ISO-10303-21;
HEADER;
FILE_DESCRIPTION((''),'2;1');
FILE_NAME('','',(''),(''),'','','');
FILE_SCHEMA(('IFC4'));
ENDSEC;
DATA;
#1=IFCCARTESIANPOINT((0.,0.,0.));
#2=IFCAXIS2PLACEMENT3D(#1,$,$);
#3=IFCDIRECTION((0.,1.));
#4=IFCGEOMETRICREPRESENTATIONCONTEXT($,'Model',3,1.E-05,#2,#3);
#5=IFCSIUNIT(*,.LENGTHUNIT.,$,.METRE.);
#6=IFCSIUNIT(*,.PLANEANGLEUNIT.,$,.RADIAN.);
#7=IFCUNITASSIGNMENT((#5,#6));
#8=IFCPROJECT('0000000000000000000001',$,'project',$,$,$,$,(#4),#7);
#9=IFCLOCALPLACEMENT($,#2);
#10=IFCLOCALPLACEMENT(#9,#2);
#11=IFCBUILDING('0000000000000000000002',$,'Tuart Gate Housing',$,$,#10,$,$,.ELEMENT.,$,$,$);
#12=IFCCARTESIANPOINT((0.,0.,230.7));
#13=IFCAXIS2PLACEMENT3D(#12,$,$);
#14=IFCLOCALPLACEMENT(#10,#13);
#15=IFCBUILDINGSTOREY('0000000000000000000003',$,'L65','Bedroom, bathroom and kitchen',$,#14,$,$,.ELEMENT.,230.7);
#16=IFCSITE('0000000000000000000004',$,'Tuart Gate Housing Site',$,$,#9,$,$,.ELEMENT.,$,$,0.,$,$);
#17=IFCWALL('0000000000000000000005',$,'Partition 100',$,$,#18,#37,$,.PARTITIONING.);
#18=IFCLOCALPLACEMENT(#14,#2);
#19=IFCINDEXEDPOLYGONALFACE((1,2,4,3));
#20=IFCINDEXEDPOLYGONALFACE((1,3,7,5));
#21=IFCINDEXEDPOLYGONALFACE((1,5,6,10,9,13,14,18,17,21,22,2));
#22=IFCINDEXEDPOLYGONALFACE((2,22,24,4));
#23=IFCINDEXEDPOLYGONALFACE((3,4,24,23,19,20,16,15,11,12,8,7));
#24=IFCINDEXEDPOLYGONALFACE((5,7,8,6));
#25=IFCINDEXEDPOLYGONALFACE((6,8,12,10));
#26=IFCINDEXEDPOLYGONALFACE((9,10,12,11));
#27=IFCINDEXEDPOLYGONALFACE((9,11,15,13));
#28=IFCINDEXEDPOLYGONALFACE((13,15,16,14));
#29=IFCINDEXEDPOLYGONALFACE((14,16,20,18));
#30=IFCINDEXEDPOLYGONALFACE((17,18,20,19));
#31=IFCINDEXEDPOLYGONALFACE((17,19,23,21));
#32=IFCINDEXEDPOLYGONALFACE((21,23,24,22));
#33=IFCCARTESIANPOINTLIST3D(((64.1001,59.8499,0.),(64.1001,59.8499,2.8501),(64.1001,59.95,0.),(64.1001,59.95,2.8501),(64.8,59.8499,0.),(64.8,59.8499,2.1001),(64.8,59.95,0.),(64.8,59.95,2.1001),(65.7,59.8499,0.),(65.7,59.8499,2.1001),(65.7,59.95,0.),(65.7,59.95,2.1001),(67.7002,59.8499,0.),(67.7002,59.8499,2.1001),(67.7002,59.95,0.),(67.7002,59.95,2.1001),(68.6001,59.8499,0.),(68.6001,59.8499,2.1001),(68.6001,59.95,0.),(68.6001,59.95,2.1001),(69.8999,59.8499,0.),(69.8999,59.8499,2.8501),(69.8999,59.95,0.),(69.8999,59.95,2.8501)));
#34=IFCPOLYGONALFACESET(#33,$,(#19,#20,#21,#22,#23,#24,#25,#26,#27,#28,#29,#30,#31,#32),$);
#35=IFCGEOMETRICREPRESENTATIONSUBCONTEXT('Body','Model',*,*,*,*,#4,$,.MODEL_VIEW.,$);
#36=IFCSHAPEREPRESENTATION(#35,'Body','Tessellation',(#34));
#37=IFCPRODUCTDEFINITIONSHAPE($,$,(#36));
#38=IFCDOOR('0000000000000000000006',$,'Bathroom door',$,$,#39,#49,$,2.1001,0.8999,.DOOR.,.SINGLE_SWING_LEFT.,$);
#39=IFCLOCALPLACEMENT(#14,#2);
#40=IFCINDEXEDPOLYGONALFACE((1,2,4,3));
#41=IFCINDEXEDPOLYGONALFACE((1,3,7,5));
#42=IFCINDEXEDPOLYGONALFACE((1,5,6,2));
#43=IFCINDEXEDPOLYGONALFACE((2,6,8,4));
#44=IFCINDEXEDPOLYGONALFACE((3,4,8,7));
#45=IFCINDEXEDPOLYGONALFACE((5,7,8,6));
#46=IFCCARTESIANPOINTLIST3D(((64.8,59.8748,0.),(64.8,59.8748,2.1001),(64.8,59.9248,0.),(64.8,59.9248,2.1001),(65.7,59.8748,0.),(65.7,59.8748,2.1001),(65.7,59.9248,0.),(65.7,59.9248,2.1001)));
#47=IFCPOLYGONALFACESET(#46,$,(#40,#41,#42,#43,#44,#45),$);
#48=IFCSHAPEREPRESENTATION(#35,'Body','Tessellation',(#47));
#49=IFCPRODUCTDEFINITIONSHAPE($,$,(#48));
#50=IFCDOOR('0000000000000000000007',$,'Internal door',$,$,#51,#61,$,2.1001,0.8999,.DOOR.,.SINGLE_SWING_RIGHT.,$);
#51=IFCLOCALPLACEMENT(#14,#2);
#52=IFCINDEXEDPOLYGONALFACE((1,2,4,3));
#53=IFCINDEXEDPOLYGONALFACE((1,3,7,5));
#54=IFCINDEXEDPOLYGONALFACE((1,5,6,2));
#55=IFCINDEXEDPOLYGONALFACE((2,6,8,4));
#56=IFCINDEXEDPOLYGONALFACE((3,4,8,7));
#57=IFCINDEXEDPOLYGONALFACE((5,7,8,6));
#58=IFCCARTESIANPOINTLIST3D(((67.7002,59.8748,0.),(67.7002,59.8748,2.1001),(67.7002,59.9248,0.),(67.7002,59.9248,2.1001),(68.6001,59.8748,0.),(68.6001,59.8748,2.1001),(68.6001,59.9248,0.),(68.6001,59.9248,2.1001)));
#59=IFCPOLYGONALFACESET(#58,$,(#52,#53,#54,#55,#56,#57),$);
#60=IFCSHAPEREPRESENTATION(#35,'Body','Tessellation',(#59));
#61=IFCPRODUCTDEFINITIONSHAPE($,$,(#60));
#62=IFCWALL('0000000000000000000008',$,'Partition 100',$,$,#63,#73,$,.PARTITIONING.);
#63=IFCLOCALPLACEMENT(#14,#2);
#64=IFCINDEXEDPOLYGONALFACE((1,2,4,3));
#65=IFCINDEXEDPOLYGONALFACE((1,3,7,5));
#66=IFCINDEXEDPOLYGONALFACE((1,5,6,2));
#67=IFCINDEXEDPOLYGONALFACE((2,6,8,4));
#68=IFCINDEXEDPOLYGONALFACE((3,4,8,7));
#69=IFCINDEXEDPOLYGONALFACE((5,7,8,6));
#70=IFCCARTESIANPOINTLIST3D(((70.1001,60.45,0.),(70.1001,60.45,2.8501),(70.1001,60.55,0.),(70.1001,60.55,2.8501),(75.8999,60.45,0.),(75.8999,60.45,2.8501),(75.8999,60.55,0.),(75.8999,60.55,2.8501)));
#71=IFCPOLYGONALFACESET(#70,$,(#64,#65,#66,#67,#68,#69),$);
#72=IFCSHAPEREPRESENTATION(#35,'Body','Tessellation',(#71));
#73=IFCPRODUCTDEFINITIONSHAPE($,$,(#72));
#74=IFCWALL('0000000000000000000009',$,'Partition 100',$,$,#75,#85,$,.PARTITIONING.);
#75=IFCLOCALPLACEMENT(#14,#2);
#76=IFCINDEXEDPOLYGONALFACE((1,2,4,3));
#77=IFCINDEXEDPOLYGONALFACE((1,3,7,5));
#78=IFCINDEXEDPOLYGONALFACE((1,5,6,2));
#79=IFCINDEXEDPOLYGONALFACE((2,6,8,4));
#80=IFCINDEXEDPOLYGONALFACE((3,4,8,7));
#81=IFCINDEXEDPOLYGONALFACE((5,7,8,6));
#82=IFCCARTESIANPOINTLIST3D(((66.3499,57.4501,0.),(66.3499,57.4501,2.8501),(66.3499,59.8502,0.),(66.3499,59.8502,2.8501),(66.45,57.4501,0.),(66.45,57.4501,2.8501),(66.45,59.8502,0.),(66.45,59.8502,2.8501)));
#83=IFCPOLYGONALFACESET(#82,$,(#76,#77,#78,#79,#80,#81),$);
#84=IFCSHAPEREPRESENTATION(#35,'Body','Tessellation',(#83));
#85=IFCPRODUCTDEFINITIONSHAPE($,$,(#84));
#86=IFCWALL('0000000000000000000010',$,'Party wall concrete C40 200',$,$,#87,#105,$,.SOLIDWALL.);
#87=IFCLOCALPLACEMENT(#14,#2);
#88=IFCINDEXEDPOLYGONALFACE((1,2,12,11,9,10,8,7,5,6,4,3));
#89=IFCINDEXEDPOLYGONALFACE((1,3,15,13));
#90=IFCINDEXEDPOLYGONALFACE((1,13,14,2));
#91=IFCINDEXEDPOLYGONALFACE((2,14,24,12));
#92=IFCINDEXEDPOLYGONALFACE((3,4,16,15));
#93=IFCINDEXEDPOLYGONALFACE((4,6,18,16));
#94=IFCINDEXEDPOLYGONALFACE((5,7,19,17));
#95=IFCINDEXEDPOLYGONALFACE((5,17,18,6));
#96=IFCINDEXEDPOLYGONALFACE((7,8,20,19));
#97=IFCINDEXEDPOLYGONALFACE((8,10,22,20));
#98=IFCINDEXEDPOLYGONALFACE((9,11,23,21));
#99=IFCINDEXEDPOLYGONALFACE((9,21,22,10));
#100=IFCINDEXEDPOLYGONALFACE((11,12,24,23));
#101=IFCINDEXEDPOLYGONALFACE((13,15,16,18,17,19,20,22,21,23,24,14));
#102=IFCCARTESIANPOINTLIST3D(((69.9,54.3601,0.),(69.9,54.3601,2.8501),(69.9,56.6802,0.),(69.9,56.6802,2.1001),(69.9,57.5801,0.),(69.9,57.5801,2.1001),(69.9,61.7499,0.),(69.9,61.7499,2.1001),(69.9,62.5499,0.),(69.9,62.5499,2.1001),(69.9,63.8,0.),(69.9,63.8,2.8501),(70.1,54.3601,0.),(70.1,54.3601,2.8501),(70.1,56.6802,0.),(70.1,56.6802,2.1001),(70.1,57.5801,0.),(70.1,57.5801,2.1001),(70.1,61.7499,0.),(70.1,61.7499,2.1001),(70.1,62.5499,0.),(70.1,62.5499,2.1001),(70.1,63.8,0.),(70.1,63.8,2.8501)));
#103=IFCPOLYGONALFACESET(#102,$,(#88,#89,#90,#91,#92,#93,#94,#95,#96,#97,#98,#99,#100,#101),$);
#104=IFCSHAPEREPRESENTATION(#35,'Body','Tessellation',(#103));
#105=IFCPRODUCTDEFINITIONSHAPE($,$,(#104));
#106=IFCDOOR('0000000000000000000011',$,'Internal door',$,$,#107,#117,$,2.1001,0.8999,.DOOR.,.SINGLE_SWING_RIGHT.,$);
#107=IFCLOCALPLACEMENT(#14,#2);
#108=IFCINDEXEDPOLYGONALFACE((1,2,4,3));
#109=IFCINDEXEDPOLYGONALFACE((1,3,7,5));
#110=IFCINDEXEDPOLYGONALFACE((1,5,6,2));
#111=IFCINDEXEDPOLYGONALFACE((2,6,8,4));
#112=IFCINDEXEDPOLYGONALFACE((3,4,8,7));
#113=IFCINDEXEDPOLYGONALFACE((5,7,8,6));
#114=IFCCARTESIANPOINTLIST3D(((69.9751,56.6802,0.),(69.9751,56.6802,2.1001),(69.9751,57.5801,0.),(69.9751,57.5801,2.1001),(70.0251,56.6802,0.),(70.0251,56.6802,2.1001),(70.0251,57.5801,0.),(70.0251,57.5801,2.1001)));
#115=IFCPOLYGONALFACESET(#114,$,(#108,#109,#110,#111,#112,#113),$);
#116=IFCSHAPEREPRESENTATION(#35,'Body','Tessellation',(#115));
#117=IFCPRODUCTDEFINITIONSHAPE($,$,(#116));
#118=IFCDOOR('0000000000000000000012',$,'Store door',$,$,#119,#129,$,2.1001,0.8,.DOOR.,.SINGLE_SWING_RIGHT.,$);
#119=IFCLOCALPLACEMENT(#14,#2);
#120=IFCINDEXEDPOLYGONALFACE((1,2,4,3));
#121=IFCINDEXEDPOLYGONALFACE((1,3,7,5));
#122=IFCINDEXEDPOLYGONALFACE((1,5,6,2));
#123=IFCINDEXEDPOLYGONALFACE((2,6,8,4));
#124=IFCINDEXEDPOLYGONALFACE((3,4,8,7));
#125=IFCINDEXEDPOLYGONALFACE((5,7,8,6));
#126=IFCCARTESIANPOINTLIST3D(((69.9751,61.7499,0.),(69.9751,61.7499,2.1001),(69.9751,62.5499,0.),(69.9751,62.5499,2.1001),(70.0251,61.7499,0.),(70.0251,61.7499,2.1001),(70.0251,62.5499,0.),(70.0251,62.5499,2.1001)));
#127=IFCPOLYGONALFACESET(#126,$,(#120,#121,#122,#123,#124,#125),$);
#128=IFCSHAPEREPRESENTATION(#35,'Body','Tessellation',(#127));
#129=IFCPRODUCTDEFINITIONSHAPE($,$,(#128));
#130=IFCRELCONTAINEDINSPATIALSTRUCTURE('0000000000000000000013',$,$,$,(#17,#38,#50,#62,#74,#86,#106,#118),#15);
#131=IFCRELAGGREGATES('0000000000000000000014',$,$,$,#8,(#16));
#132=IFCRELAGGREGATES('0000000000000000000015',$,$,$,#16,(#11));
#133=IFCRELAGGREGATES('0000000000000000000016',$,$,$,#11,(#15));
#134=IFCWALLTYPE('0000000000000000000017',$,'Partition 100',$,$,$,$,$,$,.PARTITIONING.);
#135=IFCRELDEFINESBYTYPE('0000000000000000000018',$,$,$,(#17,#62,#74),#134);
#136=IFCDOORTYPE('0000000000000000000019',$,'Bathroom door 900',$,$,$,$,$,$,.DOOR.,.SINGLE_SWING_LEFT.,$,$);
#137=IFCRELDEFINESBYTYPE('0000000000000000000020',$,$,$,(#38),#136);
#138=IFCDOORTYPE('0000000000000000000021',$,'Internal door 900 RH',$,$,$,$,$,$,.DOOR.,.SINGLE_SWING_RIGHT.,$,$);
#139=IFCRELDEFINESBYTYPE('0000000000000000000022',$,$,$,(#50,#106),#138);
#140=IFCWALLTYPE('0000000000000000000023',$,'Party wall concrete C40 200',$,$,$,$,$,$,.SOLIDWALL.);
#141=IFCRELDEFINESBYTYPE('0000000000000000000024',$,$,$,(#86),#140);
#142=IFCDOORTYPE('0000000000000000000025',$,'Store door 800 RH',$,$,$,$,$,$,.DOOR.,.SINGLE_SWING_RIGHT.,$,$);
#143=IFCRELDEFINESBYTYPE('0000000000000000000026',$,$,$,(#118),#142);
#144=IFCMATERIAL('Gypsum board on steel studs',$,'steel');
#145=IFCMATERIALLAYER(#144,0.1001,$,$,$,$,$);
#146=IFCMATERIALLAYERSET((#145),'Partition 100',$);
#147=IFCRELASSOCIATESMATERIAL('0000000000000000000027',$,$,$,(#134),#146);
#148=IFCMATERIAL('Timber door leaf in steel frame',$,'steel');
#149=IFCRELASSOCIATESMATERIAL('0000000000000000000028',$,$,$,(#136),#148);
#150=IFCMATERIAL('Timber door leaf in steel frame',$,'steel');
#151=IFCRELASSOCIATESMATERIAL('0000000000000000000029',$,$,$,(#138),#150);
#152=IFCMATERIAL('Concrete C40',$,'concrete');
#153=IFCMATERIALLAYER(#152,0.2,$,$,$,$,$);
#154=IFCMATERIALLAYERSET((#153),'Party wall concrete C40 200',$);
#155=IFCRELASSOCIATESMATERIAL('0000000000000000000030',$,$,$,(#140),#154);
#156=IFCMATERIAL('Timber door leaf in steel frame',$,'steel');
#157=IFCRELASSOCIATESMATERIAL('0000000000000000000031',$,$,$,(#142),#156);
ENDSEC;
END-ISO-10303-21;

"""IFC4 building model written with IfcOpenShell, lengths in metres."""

from ifc_helpers import new_model, si_unit, direction, frame, frame_2d, origin, place, context, subcontext, project, spatial, rectangle, extrude, material, layer, layer_set, type_object, element, fill, save


model = new_model("IFC4")

# Units and contexts
model_context = context("Model", 3, precision=1e-05, world=origin(), true_north=direction((0.0, 1.0)))
body_context = subcontext(model_context, "Body", "Model", "MODEL_VIEW")
ifc_project = project(units=[si_unit("LENGTHUNIT", "METRE"), si_unit("PLANEANGLEUNIT", "RADIAN")], contexts=[model_context])

# Site, building, storey
site_placement = place(None, origin())
site = spatial("IfcSite", under=ifc_project, at=site_placement, Name="Tuart Gate Housing Site", CompositionType="ELEMENT", RefElevation=0.0)
building_placement = place(site_placement, origin())
building = spatial("IfcBuilding", under=site, at=building_placement, Name="Tuart Gate Housing", CompositionType="ELEMENT")
storey_placement = place(building_placement, frame((0.0, 0.0, 230.7)))
storey = spatial("IfcBuildingStorey", under=building, at=storey_placement, Name="L65", Description="Bedroom, bathroom and kitchen", CompositionType="ELEMENT", Elevation=230.7)

# Shared definitions
ifc_material_1 = material(Name="Gypsum board on steel studs", Category="steel")
ifc_layer_1 = layer(ifc_material_1, 0.1001)
ifc_layer_set_1 = layer_set([ifc_layer_1], Name="Partition 100")
wall_type_1 = type_object("IfcWallType", Name="Partition 100", PredefinedType="PARTITIONING", material=ifc_layer_set_1)

# Wall, openings, doors
wall_1_placement = place(storey_placement, frame((64.1001, 59.8999, 0.0), z_axis=(0.0, 0.0, 1.0), x_axis=(1.0, 0.0, 0.0)))
wall_1 = element("IfcWall", 1, at=wall_1_placement, inside=storey, type_object=wall_type_1, Name="Partition 100", PredefinedType="PARTITIONING", context=body_context, shape_type="SweptSolid", body=[
    extrude(rectangle(XDim=5.7998, YDim=0.1001, at=frame_2d((2.8999, 0.0))), origin(), (0.0, 0.0, 1.0), 2.8501),
])
opening_1_placement = place(wall_1_placement, frame((3.6001, 0.0, 0.0)))
opening_1 = element("IfcOpeningElement", 2, at=opening_1_placement, cuts=wall_1, PredefinedType="OPENING", context=body_context, shape_type="SweptSolid", body=[
    extrude(rectangle(XDim=0.8999, YDim=2.1001, at=frame_2d((0.45, 1.05))), frame((0.0, 0.0601, 0.0), z_axis=(0.0, -1.0, 0.0), x_axis=(1.0, 0.0, 0.0)), (0.0, 0.0, 1.0), 0.1201),
])
opening_2_placement = place(wall_1_placement, frame((0.7, 0.0, 0.0)))
opening_2 = element("IfcOpeningElement", 3, at=opening_2_placement, cuts=wall_1, PredefinedType="OPENING", context=body_context, shape_type="SweptSolid", body=[
    extrude(rectangle(XDim=0.8999, YDim=2.1001, at=frame_2d((0.45, 1.05))), frame((0.0, 0.0601, 0.0), z_axis=(0.0, -1.0, 0.0), x_axis=(1.0, 0.0, 0.0)), (0.0, 0.0, 1.0), 0.1201),
])
ifc_material_2 = material(Name="Timber door leaf in steel frame", Category="steel")
door_type_1 = type_object("IfcDoorType", Name="Bathroom door 900", OperationType="SINGLE_SWING_LEFT", PredefinedType="DOOR", material=ifc_material_2)
door_1_placement = place(opening_2_placement, frame((0.8999, 0.0, 0.0), z_axis=(0.0, 0.0, 1.0), x_axis=(-1.0, 0.0, 0.0)))
door_1 = element("IfcDoor", 4, at=door_1_placement, inside=storey, type_object=door_type_1, Name="Bathroom door", OperationType="SINGLE_SWING_LEFT", OverallHeight=2.1001, OverallWidth=0.8999, PredefinedType="DOOR", context=body_context, shape_type="SweptSolid", body=[
    extrude(rectangle(XDim=0.8999, YDim=2.1001, at=frame_2d((0.45, 1.05))), frame((0.0, 0.0251, 0.0), z_axis=(0.0, -1.0, 0.0), x_axis=(1.0, 0.0, 0.0)), (0.0, 0.0, 1.0), 0.05),
])
fill(opening_2, door_1)
ifc_material_3 = material(Name="Timber door leaf in steel frame", Category="steel")
door_type_2 = type_object("IfcDoorType", Name="Internal door 900 RH", OperationType="SINGLE_SWING_RIGHT", PredefinedType="DOOR", material=ifc_material_3)
door_2_placement = place(opening_1_placement, origin())
door_2 = element("IfcDoor", 5, at=door_2_placement, inside=storey, type_object=door_type_2, Name="Internal door", OperationType="SINGLE_SWING_RIGHT", OverallHeight=2.1001, OverallWidth=0.8999, PredefinedType="DOOR", context=body_context, shape_type="SweptSolid", body=[
    extrude(rectangle(XDim=0.8999, YDim=2.1001, at=frame_2d((0.45, 1.05))), frame((0.0, 0.0249, 0.0), z_axis=(0.0, -1.0, 0.0), x_axis=(1.0, 0.0, 0.0)), (0.0, 0.0, 1.0), 0.05),
])
fill(opening_1, door_2)

# Walls
wall_2_placement = place(storey_placement, frame((70.1001, 60.5, 0.0), z_axis=(0.0, 0.0, 1.0), x_axis=(1.0, 0.0, 0.0)))
element("IfcWall", 6, at=wall_2_placement, inside=storey, type_object=wall_type_1, Name="Partition 100", PredefinedType="PARTITIONING", context=body_context, shape_type="SweptSolid", body=[
    extrude(rectangle(XDim=5.7998, YDim=0.1001, at=frame_2d((2.8999, 0.0))), origin(), (0.0, 0.0, 1.0), 2.8501),
])
wall_3_placement = place(storey_placement, frame((66.3999, 57.45, 0.0), z_axis=(0.0, 0.0, 1.0), x_axis=(0.0, 1.0, 0.0)))
element("IfcWall", 7, at=wall_3_placement, inside=storey, type_object=wall_type_1, Name="Partition 100", PredefinedType="PARTITIONING", context=body_context, shape_type="SweptSolid", body=[
    extrude(rectangle(XDim=2.4001, YDim=0.1001, at=frame_2d((1.2002, 0.0))), origin(), (0.0, 0.0, 1.0), 2.8501),
])

# Wall, openings, doors
ifc_material_4 = material(Name="Concrete C40", Category="concrete")
ifc_layer_2 = layer(ifc_material_4, 0.2)
ifc_layer_set_2 = layer_set([ifc_layer_2], Name="Party wall concrete C40 200")
wall_type_2 = type_object("IfcWallType", Name="Party wall concrete C40 200", PredefinedType="SOLIDWALL", material=ifc_layer_set_2)
wall_4_placement = place(storey_placement, frame((70.0, 54.3601, 0.0), z_axis=(0.0, 0.0, 1.0), x_axis=(0.0, 1.0, 0.0)))
wall_4 = element("IfcWall", 8, at=wall_4_placement, inside=storey, type_object=wall_type_2, Name="Party wall concrete C40 200", PredefinedType="SOLIDWALL", context=body_context, shape_type="SweptSolid", body=[
    extrude(rectangle(XDim=9.4399, YDim=0.2, at=frame_2d((4.72, 0.0))), origin(), (0.0, 0.0, 1.0), 2.8501),
])
opening_3_placement = place(wall_4_placement, frame((2.3201, 0.0, 0.0)))
opening_3 = element("IfcOpeningElement", 9, at=opening_3_placement, cuts=wall_4, PredefinedType="OPENING", context=body_context, shape_type="SweptSolid", body=[
    extrude(rectangle(XDim=0.8999, YDim=2.1001, at=frame_2d((0.45, 1.05))), frame((0.0, 0.1099, 0.0), z_axis=(0.0, -1.0, 0.0), x_axis=(1.0, 0.0, 0.0)), (0.0, 0.0, 1.0), 0.22),
])
opening_4_placement = place(wall_4_placement, frame((7.3899, 0.0, 0.0)))
opening_4 = element("IfcOpeningElement", 10, at=opening_4_placement, cuts=wall_4, PredefinedType="OPENING", context=body_context, shape_type="SweptSolid", body=[
    extrude(rectangle(XDim=0.8, YDim=2.1001, at=frame_2d((0.3999, 1.05))), frame((0.0, 0.1099, 0.0), z_axis=(0.0, -1.0, 0.0), x_axis=(1.0, 0.0, 0.0)), (0.0, 0.0, 1.0), 0.22),
])
door_3_placement = place(opening_3_placement, frame((0.8999, 0.0, 0.0), z_axis=(0.0, 0.0, 1.0), x_axis=(-1.0, 0.0, 0.0)))
door_3 = element("IfcDoor", 11, at=door_3_placement, inside=storey, type_object=door_type_2, Name="Internal door", OperationType="SINGLE_SWING_RIGHT", OverallHeight=2.1001, OverallWidth=0.8999, PredefinedType="DOOR", context=body_context, shape_type="SweptSolid", body=[
    extrude(rectangle(XDim=0.8999, YDim=2.1001, at=frame_2d((0.45, 1.05))), frame((0.0, 0.0251, 0.0), z_axis=(0.0, -1.0, 0.0), x_axis=(1.0, 0.0, 0.0)), (0.0, 0.0, 1.0), 0.05),
])
fill(opening_3, door_3)
ifc_material_5 = material(Name="Timber door leaf in steel frame", Category="steel")
door_type_3 = type_object("IfcDoorType", Name="Store door 800 RH", OperationType="SINGLE_SWING_RIGHT", PredefinedType="DOOR", material=ifc_material_5)
door_4_placement = place(opening_4_placement, frame((0.8, 0.0, 0.0), z_axis=(0.0, 0.0, 1.0), x_axis=(-1.0, 0.0, 0.0)))
door_4 = element("IfcDoor", 12, at=door_4_placement, inside=storey, type_object=door_type_3, Name="Store door", OperationType="SINGLE_SWING_RIGHT", OverallHeight=2.1001, OverallWidth=0.8, PredefinedType="DOOR", context=body_context, shape_type="SweptSolid", body=[
    extrude(rectangle(XDim=0.8, YDim=2.1001, at=frame_2d((0.4001, 1.05))), frame((0.0, 0.0251, 0.0), z_axis=(0.0, -1.0, 0.0), x_axis=(1.0, 0.0, 0.0)), (0.0, 0.0, 1.0), 0.05),
])
fill(opening_4, door_4)

save(model, "model.ifc")
